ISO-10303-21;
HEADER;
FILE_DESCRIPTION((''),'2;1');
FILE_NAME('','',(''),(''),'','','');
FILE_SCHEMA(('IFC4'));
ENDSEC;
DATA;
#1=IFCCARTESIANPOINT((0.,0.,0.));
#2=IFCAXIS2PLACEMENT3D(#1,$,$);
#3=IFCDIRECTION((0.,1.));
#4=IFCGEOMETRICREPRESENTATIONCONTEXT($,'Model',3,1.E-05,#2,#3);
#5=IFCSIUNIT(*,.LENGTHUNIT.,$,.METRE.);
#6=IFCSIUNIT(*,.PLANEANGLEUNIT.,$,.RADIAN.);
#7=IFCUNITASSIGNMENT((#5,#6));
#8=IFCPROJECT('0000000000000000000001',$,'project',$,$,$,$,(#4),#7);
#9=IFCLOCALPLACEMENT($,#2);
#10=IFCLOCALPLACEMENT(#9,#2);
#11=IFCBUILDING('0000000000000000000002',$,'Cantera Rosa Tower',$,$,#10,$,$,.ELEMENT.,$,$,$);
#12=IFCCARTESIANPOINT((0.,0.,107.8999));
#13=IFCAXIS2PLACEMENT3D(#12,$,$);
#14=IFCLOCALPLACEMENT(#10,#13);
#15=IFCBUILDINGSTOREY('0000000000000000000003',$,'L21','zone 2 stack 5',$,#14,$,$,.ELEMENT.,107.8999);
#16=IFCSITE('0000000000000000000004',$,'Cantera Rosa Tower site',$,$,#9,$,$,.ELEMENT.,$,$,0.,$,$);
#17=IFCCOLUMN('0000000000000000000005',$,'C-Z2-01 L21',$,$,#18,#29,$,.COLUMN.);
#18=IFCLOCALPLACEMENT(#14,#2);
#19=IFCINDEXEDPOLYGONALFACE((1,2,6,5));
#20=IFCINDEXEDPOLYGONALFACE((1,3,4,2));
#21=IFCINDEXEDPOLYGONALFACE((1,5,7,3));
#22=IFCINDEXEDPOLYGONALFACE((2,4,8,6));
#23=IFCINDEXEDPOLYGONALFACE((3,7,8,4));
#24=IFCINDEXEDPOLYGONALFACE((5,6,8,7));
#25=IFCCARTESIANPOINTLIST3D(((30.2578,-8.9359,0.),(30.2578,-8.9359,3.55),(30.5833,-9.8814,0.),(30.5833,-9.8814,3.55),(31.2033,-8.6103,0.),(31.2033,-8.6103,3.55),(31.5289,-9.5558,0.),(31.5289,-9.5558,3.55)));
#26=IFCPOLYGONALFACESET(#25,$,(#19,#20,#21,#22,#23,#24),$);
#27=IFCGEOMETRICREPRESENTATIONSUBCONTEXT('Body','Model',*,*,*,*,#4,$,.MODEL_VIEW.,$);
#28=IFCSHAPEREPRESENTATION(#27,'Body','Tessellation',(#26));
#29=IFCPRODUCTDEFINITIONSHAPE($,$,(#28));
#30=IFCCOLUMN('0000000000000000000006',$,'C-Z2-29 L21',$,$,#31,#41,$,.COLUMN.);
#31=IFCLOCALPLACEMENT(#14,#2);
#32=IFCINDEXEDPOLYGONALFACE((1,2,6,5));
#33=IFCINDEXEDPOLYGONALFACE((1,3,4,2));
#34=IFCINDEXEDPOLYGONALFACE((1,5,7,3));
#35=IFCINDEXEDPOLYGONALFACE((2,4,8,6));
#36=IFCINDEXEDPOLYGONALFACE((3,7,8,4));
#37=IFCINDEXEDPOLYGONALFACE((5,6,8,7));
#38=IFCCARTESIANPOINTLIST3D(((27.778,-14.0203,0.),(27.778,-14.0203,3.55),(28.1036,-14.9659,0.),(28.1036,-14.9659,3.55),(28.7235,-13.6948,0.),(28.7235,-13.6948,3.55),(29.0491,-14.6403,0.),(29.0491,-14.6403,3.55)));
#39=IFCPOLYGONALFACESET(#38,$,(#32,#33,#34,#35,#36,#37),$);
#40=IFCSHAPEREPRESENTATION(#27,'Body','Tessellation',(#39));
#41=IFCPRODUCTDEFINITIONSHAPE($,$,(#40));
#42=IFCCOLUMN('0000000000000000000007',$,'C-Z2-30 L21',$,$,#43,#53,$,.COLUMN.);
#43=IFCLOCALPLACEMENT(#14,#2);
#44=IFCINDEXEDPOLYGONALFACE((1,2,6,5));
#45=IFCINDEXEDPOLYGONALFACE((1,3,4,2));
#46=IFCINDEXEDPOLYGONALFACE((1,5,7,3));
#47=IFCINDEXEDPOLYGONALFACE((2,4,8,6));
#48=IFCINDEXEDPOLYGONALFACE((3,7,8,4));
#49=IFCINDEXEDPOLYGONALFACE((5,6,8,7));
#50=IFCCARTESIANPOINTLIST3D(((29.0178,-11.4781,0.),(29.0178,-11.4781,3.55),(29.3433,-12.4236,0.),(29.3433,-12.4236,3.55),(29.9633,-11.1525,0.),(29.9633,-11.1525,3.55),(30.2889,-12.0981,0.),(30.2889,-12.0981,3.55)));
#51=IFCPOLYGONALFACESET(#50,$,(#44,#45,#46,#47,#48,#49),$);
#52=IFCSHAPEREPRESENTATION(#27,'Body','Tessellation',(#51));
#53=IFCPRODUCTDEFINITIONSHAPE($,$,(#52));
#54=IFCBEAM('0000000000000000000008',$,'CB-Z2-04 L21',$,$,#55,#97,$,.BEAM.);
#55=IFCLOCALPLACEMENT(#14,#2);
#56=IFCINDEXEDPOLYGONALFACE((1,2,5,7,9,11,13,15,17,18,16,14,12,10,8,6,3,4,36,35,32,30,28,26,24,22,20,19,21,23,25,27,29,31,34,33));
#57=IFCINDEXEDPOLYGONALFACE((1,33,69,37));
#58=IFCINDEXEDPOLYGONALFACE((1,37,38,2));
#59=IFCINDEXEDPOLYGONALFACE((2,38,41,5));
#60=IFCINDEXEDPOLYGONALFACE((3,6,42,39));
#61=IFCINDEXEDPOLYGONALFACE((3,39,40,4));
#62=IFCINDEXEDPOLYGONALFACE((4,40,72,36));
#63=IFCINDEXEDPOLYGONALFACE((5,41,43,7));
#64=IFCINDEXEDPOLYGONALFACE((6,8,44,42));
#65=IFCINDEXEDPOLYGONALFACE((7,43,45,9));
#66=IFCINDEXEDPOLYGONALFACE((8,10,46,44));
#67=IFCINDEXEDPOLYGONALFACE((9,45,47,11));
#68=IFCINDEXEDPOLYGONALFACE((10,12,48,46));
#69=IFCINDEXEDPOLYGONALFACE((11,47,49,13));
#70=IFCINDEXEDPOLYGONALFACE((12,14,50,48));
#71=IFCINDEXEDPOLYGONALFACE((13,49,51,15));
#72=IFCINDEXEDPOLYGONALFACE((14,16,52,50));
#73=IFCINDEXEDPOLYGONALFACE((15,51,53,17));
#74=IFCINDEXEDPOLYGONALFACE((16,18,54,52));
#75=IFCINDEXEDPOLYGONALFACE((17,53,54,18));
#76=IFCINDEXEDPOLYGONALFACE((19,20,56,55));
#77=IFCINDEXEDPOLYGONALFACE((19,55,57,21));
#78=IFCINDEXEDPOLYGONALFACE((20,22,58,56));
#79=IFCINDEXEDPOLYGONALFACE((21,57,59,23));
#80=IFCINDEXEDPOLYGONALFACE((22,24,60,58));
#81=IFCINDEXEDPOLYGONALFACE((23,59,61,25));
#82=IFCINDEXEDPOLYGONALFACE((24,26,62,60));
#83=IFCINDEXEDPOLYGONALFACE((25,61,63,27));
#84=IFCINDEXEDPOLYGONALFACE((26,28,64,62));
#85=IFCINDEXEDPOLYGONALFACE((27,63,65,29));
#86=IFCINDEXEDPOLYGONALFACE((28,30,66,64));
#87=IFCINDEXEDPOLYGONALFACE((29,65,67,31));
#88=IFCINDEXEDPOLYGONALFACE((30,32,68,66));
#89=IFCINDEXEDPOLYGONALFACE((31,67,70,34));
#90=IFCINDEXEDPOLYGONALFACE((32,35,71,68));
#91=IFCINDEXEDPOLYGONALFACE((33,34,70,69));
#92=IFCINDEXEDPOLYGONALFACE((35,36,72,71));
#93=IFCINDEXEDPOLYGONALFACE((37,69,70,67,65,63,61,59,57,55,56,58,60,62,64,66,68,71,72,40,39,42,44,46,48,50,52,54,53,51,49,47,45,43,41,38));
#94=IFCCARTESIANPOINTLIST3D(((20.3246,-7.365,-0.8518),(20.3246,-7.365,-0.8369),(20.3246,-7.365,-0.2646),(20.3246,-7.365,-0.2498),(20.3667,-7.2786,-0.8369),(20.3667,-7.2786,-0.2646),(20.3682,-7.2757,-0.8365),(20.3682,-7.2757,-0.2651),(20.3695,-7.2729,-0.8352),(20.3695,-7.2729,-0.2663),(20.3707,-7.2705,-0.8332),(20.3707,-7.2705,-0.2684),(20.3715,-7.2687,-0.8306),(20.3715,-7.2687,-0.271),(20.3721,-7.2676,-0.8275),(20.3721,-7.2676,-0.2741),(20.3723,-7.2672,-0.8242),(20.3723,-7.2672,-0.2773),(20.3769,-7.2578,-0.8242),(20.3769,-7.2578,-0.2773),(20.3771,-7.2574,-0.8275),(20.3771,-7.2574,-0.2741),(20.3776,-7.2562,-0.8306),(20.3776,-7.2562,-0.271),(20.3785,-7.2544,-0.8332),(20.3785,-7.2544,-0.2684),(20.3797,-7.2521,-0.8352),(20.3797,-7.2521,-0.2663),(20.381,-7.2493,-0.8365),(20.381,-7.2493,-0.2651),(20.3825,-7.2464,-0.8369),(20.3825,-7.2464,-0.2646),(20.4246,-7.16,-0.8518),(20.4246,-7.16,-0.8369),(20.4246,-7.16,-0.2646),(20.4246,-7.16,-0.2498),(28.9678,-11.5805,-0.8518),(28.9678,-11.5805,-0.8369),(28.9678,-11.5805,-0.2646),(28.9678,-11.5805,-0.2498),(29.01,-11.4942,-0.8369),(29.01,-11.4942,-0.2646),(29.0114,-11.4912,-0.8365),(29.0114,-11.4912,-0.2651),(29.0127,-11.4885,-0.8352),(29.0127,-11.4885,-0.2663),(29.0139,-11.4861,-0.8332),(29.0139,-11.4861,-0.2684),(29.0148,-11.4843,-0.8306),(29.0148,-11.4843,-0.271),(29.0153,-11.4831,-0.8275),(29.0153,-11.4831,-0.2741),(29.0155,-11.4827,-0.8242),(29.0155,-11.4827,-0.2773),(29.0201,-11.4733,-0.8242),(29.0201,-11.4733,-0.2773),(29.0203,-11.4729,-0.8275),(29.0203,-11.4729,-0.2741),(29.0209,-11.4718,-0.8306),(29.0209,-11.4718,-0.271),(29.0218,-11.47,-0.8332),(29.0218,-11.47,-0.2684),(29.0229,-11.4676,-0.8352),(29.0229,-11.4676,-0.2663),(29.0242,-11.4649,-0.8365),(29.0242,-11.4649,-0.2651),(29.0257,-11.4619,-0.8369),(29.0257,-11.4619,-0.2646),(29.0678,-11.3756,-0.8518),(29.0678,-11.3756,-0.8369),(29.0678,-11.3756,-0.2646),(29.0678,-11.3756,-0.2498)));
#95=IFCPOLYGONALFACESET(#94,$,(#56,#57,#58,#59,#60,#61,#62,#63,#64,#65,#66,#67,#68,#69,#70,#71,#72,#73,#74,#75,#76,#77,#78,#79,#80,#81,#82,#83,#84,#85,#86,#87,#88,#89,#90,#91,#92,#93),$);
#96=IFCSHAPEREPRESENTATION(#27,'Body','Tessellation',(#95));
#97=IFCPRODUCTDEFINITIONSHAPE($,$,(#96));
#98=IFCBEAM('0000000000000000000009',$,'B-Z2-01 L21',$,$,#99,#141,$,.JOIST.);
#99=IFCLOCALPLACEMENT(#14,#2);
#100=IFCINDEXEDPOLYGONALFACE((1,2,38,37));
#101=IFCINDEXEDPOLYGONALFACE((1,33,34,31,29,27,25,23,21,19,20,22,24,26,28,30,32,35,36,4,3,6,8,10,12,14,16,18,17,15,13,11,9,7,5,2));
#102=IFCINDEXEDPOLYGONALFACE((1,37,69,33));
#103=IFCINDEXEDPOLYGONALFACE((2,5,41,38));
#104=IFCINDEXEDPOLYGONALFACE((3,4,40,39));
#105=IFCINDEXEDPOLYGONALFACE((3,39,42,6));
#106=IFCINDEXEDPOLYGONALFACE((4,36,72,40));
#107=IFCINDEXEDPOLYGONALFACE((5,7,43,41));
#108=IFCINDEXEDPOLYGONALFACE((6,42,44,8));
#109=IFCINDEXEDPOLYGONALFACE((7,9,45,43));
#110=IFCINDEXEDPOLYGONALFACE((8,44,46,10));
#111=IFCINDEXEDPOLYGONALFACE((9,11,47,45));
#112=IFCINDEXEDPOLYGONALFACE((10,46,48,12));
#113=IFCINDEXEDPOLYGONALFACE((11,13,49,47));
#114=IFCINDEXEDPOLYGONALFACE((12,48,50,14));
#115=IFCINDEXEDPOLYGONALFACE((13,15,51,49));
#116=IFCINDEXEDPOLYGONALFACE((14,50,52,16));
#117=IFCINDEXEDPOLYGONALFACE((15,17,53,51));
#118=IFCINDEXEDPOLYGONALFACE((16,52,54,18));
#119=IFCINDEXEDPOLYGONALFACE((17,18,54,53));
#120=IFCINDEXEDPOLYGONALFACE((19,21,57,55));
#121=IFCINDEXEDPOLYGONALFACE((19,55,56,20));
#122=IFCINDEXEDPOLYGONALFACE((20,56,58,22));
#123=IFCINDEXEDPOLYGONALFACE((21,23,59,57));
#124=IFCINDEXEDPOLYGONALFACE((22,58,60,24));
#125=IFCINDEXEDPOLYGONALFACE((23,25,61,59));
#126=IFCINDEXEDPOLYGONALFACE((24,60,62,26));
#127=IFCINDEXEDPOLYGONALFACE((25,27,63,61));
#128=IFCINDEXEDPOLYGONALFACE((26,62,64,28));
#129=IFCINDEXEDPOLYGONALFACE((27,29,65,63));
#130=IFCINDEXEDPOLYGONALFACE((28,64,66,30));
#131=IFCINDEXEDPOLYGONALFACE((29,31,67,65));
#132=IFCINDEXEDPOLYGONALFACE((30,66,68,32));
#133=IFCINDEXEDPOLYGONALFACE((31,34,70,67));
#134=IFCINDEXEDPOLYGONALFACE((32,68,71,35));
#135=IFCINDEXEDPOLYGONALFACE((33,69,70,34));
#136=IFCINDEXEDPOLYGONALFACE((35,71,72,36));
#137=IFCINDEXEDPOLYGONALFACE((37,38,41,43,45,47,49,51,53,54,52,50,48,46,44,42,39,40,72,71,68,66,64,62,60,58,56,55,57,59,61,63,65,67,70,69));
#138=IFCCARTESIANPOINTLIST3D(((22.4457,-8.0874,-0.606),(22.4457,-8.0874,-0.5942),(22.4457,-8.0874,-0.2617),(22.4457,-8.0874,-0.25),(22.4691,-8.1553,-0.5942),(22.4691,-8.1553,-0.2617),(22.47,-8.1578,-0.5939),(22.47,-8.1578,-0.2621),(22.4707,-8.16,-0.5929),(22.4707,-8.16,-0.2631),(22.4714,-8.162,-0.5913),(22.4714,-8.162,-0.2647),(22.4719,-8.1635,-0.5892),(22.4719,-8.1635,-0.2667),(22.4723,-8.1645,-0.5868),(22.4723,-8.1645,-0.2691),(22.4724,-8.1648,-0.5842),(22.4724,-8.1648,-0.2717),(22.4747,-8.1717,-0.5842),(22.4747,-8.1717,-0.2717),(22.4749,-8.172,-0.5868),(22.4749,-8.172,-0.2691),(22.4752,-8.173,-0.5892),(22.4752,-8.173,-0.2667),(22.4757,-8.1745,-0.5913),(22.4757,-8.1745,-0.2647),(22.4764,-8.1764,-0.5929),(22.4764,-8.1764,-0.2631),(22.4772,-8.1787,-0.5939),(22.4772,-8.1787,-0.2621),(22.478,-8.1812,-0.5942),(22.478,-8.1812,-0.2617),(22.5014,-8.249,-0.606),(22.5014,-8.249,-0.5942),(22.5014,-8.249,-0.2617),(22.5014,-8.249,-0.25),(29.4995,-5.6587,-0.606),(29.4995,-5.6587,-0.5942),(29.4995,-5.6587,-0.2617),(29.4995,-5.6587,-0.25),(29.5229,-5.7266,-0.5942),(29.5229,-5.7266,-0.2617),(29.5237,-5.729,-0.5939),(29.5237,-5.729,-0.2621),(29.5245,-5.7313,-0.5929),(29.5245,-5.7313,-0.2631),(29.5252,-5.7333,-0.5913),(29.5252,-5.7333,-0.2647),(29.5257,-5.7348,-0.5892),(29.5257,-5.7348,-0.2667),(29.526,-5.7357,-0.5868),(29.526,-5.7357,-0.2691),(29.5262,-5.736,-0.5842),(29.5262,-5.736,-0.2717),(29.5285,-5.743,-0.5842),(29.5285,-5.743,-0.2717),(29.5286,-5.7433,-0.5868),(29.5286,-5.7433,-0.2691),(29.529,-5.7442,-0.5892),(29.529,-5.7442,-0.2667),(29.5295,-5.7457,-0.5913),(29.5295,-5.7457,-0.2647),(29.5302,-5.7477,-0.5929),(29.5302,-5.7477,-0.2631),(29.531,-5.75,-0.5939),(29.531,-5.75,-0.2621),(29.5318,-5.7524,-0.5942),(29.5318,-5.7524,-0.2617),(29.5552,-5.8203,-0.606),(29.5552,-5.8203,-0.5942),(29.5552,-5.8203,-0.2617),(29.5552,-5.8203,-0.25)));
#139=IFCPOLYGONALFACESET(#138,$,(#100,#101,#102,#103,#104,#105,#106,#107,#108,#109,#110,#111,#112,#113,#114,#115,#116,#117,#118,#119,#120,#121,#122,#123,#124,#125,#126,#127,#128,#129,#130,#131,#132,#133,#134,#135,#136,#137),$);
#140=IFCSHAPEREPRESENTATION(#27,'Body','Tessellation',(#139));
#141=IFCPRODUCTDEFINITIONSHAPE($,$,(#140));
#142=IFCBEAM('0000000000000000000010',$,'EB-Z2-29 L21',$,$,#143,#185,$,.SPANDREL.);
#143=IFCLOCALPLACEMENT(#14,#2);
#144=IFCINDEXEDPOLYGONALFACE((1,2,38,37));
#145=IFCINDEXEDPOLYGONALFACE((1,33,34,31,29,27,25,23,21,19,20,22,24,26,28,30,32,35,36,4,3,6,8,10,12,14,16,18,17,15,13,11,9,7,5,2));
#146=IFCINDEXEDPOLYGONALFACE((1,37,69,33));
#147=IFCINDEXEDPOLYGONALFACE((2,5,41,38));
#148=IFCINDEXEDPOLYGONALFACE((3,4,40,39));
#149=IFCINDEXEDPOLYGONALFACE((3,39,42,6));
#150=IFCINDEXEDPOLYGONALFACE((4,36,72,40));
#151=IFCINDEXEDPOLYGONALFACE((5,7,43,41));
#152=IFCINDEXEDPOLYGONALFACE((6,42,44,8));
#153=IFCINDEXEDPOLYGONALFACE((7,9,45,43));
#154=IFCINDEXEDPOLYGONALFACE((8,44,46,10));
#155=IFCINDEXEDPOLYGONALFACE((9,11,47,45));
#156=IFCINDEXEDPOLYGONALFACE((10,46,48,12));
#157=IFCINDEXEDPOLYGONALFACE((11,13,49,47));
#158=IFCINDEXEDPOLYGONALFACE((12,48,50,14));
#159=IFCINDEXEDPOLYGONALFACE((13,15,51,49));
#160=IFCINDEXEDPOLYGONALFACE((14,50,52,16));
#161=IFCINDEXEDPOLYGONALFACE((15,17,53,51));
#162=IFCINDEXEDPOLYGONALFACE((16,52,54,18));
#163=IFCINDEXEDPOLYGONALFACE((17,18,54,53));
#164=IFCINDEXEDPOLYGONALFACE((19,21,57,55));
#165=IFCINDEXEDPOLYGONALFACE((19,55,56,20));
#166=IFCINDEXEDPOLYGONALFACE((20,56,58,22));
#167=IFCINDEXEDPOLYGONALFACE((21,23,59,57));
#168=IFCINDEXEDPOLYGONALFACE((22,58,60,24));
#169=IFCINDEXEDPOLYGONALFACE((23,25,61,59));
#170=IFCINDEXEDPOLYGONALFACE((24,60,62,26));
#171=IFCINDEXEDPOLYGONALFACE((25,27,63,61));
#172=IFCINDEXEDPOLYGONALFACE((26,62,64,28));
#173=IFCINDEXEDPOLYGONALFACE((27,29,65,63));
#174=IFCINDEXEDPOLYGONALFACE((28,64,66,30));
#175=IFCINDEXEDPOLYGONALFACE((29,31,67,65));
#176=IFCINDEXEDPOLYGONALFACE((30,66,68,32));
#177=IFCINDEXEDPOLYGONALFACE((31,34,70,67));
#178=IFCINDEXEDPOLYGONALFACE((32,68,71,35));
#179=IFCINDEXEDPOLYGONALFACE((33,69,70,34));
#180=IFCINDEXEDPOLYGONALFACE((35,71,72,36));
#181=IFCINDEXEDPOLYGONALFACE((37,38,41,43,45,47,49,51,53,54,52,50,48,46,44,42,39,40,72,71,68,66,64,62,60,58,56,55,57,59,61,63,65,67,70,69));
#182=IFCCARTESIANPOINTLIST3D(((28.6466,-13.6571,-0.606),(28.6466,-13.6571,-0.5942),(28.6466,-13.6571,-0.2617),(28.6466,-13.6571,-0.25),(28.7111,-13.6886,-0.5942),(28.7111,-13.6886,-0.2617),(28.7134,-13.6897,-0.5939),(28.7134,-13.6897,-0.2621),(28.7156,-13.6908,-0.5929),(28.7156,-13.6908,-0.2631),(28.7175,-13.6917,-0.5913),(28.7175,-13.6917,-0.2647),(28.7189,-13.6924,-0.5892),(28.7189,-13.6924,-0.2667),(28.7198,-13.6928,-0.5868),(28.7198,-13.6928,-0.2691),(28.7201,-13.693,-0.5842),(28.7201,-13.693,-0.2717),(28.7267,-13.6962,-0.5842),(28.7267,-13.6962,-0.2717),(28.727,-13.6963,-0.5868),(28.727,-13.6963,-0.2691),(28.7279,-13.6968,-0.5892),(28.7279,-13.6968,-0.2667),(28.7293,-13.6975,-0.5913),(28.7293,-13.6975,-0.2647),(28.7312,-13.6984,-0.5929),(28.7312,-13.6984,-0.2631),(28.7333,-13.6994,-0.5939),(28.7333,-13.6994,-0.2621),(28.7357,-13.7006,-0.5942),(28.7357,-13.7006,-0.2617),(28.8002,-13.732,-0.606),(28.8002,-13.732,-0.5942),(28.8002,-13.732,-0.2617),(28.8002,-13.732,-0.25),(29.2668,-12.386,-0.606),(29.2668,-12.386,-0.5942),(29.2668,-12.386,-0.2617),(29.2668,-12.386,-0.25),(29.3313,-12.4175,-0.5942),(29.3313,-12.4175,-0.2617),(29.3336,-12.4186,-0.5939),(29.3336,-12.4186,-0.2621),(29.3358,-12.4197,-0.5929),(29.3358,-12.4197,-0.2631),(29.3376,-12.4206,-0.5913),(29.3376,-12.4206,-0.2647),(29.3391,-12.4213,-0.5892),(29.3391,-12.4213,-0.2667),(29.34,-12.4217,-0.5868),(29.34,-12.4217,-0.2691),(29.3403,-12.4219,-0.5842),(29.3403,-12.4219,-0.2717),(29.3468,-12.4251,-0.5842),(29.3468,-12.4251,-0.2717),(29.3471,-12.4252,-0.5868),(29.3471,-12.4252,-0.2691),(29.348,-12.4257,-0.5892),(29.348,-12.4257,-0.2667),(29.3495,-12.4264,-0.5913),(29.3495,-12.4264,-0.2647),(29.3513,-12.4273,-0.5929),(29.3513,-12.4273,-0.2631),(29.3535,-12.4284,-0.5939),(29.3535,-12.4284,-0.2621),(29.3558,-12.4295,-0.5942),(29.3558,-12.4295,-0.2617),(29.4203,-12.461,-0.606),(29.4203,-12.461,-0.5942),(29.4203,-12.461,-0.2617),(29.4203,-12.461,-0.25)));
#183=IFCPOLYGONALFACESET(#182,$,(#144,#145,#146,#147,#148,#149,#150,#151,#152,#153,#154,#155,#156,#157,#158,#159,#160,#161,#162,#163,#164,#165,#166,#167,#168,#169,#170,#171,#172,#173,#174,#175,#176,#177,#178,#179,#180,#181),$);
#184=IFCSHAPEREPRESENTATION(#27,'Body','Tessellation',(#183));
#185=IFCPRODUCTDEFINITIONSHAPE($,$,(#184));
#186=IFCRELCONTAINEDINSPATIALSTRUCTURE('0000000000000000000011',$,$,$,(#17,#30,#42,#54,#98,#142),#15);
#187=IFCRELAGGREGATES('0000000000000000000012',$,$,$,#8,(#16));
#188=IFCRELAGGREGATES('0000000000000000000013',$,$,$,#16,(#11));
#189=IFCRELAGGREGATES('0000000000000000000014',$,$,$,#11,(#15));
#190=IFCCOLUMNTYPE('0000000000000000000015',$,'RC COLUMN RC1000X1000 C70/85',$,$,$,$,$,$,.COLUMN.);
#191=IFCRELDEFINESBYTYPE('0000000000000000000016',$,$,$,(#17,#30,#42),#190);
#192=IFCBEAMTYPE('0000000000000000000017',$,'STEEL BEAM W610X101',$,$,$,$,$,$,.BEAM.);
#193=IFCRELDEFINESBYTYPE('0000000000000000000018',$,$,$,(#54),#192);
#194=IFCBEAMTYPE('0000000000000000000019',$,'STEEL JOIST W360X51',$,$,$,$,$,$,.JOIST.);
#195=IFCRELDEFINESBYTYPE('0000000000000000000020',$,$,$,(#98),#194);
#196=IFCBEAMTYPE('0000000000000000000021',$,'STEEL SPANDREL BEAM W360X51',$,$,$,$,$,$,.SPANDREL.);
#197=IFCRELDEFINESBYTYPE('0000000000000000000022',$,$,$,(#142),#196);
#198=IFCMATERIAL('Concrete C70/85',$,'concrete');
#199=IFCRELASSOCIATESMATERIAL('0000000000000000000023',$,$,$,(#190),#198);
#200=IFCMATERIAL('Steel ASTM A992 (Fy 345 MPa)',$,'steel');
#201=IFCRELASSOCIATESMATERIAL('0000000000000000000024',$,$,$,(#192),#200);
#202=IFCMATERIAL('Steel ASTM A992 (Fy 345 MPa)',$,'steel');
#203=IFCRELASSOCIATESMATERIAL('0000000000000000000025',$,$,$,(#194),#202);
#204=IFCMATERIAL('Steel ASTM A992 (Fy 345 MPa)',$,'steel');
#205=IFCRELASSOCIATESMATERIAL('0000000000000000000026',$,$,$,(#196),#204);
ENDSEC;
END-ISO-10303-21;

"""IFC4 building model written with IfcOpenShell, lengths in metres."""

from ifc_helpers import new_model, si_unit, direction, frame, origin, origin_2d, place, context, subcontext, project, spatial, rectangle, i_section, extrude, material, material_profile, profile_set, type_object, element, save


model = new_model("IFC4")

# Units and contexts
model_context = context("Model", 3, precision=1e-05, world=origin(), true_north=direction((0.0, 1.0)))
body_context = subcontext(model_context, "Body", "Model", "MODEL_VIEW")
ifc_project = project(units=[si_unit("LENGTHUNIT", "METRE"), si_unit("PLANEANGLEUNIT", "RADIAN")], contexts=[model_context])

# Site, building, storey
site_placement = place(None, origin())
site = spatial("IfcSite", under=ifc_project, at=site_placement, Name="Cantera Rosa Tower site", CompositionType="ELEMENT", RefElevation=0.0)
building_placement = place(site_placement, origin())
building = spatial("IfcBuilding", under=site, at=building_placement, Name="Cantera Rosa Tower", CompositionType="ELEMENT")
storey_placement = place(building_placement, frame((0.0, 0.0, 107.8999)))
storey = spatial("IfcBuildingStorey", under=building, at=storey_placement, Name="L21", Description="zone 2 stack 5", CompositionType="ELEMENT", Elevation=107.8999)

# Columns
ifc_material_1 = material(Name="Concrete C70/85", Category="concrete")
ifc_material_profile_1 = material_profile(ifc_material_1, rectangle(XDim=1.0, YDim=1.0, at=origin_2d()), Name="RC COLUMN RC1000X1000 C70/85")
ifc_profile_set_1 = profile_set([ifc_material_profile_1], Name="Concrete C70/85")
column_type = type_object("IfcColumnType", Name="RC COLUMN RC1000X1000 C70/85", PredefinedType="COLUMN", material=ifc_profile_set_1)
for number, where, z_axis, x_axis, name in (
    (1, (30.8933, -9.2458, 0.0), (0.0, 0.0, 1.0), (0.945519, 0.325568, 0.0), "C-Z2-01 L21"),
    (2, (28.4136, -14.3303, 0.0), (0.0, 0.0, 1.0), (0.945519, 0.325568, 0.0), "C-Z2-29 L21"),
    (3, (29.6533, -11.7881, 0.0), (0.0, 0.0, 1.0), (0.945519, 0.325568, 0.0), "C-Z2-30 L21"),
):
    element("IfcColumn", number, at=place(storey_placement, frame(where, z_axis=z_axis, x_axis=x_axis)), inside=storey, type_object=column_type, Name=name, PredefinedType="COLUMN", context=body_context, shape_type="SweptSolid", body=[
        extrude(rectangle(XDim=1.0, YDim=1.0, at=origin_2d()), origin(), (0.0, 0.0, 1.0), 3.55),
    ])

# Beams
ifc_material_2 = material(Name="Steel ASTM A992 (Fy 345 MPa)", Category="steel")
ifc_material_profile_2 = material_profile(ifc_material_2, i_section(OverallWidth=0.228, OverallDepth=0.6021, WebThickness=0.0105, FlangeThickness=0.0149, FilletRadius=0.0127, at=origin_2d()), Name="W610X101")
ifc_profile_set_2 = profile_set([ifc_material_profile_2], Name="Steel ASTM A992 (Fy 345 MPa)")
beam_type_1 = type_object("IfcBeamType", Name="STEEL BEAM W610X101", PredefinedType="BEAM", material=ifc_profile_set_2)
beam_1_placement = place(storey_placement, frame((29.0178, -11.478, -0.5508), z_axis=(-0.898796, 0.438367, 0.0), x_axis=(-0.438367, -0.898796, 0.0)))
element("IfcBeam", 4, at=beam_1_placement, inside=storey, type_object=beam_type_1, Name="CB-Z2-04 L21", PredefinedType="BEAM", context=body_context, shape_type="SweptSolid", body=[
    extrude(i_section(OverallWidth=0.228, OverallDepth=0.6021, WebThickness=0.0105, FlangeThickness=0.0149, FilletRadius=0.0127, at=origin_2d()), origin(), (0.0, 0.0, 1.0), 9.6165),
])
ifc_material_3 = material(Name="Steel ASTM A992 (Fy 345 MPa)", Category="steel")
ifc_material_profile_3 = material_profile(ifc_material_3, i_section(OverallWidth=0.1709, OverallDepth=0.356, WebThickness=0.0073, FlangeThickness=0.0117, FilletRadius=0.01, at=origin_2d()), Name="W360X51")
ifc_profile_set_3 = profile_set([ifc_material_profile_3], Name="Steel ASTM A992 (Fy 345 MPa)")
beam_type_2 = type_object("IfcBeamType", Name="STEEL JOIST W360X51", PredefinedType="JOIST", material=ifc_profile_set_3)
beam_2_placement = place(storey_placement, frame((29.5273, -5.7395, -0.428), z_axis=(-0.945522, -0.325559, 0.0), x_axis=(0.325559, -0.945522, 0.0)))
element("IfcBeam", 5, at=beam_2_placement, inside=storey, type_object=beam_type_2, Name="B-Z2-01 L21", PredefinedType="JOIST", context=body_context, shape_type="SweptSolid", body=[
    extrude(i_section(OverallWidth=0.1709, OverallDepth=0.356, WebThickness=0.0073, FlangeThickness=0.0117, FilletRadius=0.01, at=origin_2d()), origin(), (0.0, 0.0, 1.0), 7.4602),
])
ifc_material_4 = material(Name="Steel ASTM A992 (Fy 345 MPa)", Category="steel")
ifc_material_profile_4 = material_profile(ifc_material_4, i_section(OverallWidth=0.1709, OverallDepth=0.356, WebThickness=0.0073, FlangeThickness=0.0117, FilletRadius=0.01, at=origin_2d()), Name="W360X51")
ifc_profile_set_4 = profile_set([ifc_material_profile_4], Name="Steel ASTM A992 (Fy 345 MPa)")
beam_type_3 = type_object("IfcBeamType", Name="STEEL SPANDREL BEAM W360X51", PredefinedType="SPANDREL", material=ifc_profile_set_4)
for number, where, z_axis, x_axis, name in (
    (6, (28.7234, -13.6946, -0.428), (0.438492, 0.898735, 0.0), (-0.898735, 0.438492, 0.0), "EB-Z2-29 L21"),
):
    element("IfcBeam", number, at=place(storey_placement, frame(where, z_axis=z_axis, x_axis=x_axis)), inside=storey, type_object=beam_type_3, Name=name, PredefinedType="SPANDREL", context=body_context, shape_type="SweptSolid", body=[
        extrude(i_section(OverallWidth=0.1709, OverallDepth=0.356, WebThickness=0.0073, FlangeThickness=0.0117, FilletRadius=0.01, at=origin_2d()), origin(), (0.0, 0.0, 1.0), 1.4143),
    ])

save(model, "model.ifc")
